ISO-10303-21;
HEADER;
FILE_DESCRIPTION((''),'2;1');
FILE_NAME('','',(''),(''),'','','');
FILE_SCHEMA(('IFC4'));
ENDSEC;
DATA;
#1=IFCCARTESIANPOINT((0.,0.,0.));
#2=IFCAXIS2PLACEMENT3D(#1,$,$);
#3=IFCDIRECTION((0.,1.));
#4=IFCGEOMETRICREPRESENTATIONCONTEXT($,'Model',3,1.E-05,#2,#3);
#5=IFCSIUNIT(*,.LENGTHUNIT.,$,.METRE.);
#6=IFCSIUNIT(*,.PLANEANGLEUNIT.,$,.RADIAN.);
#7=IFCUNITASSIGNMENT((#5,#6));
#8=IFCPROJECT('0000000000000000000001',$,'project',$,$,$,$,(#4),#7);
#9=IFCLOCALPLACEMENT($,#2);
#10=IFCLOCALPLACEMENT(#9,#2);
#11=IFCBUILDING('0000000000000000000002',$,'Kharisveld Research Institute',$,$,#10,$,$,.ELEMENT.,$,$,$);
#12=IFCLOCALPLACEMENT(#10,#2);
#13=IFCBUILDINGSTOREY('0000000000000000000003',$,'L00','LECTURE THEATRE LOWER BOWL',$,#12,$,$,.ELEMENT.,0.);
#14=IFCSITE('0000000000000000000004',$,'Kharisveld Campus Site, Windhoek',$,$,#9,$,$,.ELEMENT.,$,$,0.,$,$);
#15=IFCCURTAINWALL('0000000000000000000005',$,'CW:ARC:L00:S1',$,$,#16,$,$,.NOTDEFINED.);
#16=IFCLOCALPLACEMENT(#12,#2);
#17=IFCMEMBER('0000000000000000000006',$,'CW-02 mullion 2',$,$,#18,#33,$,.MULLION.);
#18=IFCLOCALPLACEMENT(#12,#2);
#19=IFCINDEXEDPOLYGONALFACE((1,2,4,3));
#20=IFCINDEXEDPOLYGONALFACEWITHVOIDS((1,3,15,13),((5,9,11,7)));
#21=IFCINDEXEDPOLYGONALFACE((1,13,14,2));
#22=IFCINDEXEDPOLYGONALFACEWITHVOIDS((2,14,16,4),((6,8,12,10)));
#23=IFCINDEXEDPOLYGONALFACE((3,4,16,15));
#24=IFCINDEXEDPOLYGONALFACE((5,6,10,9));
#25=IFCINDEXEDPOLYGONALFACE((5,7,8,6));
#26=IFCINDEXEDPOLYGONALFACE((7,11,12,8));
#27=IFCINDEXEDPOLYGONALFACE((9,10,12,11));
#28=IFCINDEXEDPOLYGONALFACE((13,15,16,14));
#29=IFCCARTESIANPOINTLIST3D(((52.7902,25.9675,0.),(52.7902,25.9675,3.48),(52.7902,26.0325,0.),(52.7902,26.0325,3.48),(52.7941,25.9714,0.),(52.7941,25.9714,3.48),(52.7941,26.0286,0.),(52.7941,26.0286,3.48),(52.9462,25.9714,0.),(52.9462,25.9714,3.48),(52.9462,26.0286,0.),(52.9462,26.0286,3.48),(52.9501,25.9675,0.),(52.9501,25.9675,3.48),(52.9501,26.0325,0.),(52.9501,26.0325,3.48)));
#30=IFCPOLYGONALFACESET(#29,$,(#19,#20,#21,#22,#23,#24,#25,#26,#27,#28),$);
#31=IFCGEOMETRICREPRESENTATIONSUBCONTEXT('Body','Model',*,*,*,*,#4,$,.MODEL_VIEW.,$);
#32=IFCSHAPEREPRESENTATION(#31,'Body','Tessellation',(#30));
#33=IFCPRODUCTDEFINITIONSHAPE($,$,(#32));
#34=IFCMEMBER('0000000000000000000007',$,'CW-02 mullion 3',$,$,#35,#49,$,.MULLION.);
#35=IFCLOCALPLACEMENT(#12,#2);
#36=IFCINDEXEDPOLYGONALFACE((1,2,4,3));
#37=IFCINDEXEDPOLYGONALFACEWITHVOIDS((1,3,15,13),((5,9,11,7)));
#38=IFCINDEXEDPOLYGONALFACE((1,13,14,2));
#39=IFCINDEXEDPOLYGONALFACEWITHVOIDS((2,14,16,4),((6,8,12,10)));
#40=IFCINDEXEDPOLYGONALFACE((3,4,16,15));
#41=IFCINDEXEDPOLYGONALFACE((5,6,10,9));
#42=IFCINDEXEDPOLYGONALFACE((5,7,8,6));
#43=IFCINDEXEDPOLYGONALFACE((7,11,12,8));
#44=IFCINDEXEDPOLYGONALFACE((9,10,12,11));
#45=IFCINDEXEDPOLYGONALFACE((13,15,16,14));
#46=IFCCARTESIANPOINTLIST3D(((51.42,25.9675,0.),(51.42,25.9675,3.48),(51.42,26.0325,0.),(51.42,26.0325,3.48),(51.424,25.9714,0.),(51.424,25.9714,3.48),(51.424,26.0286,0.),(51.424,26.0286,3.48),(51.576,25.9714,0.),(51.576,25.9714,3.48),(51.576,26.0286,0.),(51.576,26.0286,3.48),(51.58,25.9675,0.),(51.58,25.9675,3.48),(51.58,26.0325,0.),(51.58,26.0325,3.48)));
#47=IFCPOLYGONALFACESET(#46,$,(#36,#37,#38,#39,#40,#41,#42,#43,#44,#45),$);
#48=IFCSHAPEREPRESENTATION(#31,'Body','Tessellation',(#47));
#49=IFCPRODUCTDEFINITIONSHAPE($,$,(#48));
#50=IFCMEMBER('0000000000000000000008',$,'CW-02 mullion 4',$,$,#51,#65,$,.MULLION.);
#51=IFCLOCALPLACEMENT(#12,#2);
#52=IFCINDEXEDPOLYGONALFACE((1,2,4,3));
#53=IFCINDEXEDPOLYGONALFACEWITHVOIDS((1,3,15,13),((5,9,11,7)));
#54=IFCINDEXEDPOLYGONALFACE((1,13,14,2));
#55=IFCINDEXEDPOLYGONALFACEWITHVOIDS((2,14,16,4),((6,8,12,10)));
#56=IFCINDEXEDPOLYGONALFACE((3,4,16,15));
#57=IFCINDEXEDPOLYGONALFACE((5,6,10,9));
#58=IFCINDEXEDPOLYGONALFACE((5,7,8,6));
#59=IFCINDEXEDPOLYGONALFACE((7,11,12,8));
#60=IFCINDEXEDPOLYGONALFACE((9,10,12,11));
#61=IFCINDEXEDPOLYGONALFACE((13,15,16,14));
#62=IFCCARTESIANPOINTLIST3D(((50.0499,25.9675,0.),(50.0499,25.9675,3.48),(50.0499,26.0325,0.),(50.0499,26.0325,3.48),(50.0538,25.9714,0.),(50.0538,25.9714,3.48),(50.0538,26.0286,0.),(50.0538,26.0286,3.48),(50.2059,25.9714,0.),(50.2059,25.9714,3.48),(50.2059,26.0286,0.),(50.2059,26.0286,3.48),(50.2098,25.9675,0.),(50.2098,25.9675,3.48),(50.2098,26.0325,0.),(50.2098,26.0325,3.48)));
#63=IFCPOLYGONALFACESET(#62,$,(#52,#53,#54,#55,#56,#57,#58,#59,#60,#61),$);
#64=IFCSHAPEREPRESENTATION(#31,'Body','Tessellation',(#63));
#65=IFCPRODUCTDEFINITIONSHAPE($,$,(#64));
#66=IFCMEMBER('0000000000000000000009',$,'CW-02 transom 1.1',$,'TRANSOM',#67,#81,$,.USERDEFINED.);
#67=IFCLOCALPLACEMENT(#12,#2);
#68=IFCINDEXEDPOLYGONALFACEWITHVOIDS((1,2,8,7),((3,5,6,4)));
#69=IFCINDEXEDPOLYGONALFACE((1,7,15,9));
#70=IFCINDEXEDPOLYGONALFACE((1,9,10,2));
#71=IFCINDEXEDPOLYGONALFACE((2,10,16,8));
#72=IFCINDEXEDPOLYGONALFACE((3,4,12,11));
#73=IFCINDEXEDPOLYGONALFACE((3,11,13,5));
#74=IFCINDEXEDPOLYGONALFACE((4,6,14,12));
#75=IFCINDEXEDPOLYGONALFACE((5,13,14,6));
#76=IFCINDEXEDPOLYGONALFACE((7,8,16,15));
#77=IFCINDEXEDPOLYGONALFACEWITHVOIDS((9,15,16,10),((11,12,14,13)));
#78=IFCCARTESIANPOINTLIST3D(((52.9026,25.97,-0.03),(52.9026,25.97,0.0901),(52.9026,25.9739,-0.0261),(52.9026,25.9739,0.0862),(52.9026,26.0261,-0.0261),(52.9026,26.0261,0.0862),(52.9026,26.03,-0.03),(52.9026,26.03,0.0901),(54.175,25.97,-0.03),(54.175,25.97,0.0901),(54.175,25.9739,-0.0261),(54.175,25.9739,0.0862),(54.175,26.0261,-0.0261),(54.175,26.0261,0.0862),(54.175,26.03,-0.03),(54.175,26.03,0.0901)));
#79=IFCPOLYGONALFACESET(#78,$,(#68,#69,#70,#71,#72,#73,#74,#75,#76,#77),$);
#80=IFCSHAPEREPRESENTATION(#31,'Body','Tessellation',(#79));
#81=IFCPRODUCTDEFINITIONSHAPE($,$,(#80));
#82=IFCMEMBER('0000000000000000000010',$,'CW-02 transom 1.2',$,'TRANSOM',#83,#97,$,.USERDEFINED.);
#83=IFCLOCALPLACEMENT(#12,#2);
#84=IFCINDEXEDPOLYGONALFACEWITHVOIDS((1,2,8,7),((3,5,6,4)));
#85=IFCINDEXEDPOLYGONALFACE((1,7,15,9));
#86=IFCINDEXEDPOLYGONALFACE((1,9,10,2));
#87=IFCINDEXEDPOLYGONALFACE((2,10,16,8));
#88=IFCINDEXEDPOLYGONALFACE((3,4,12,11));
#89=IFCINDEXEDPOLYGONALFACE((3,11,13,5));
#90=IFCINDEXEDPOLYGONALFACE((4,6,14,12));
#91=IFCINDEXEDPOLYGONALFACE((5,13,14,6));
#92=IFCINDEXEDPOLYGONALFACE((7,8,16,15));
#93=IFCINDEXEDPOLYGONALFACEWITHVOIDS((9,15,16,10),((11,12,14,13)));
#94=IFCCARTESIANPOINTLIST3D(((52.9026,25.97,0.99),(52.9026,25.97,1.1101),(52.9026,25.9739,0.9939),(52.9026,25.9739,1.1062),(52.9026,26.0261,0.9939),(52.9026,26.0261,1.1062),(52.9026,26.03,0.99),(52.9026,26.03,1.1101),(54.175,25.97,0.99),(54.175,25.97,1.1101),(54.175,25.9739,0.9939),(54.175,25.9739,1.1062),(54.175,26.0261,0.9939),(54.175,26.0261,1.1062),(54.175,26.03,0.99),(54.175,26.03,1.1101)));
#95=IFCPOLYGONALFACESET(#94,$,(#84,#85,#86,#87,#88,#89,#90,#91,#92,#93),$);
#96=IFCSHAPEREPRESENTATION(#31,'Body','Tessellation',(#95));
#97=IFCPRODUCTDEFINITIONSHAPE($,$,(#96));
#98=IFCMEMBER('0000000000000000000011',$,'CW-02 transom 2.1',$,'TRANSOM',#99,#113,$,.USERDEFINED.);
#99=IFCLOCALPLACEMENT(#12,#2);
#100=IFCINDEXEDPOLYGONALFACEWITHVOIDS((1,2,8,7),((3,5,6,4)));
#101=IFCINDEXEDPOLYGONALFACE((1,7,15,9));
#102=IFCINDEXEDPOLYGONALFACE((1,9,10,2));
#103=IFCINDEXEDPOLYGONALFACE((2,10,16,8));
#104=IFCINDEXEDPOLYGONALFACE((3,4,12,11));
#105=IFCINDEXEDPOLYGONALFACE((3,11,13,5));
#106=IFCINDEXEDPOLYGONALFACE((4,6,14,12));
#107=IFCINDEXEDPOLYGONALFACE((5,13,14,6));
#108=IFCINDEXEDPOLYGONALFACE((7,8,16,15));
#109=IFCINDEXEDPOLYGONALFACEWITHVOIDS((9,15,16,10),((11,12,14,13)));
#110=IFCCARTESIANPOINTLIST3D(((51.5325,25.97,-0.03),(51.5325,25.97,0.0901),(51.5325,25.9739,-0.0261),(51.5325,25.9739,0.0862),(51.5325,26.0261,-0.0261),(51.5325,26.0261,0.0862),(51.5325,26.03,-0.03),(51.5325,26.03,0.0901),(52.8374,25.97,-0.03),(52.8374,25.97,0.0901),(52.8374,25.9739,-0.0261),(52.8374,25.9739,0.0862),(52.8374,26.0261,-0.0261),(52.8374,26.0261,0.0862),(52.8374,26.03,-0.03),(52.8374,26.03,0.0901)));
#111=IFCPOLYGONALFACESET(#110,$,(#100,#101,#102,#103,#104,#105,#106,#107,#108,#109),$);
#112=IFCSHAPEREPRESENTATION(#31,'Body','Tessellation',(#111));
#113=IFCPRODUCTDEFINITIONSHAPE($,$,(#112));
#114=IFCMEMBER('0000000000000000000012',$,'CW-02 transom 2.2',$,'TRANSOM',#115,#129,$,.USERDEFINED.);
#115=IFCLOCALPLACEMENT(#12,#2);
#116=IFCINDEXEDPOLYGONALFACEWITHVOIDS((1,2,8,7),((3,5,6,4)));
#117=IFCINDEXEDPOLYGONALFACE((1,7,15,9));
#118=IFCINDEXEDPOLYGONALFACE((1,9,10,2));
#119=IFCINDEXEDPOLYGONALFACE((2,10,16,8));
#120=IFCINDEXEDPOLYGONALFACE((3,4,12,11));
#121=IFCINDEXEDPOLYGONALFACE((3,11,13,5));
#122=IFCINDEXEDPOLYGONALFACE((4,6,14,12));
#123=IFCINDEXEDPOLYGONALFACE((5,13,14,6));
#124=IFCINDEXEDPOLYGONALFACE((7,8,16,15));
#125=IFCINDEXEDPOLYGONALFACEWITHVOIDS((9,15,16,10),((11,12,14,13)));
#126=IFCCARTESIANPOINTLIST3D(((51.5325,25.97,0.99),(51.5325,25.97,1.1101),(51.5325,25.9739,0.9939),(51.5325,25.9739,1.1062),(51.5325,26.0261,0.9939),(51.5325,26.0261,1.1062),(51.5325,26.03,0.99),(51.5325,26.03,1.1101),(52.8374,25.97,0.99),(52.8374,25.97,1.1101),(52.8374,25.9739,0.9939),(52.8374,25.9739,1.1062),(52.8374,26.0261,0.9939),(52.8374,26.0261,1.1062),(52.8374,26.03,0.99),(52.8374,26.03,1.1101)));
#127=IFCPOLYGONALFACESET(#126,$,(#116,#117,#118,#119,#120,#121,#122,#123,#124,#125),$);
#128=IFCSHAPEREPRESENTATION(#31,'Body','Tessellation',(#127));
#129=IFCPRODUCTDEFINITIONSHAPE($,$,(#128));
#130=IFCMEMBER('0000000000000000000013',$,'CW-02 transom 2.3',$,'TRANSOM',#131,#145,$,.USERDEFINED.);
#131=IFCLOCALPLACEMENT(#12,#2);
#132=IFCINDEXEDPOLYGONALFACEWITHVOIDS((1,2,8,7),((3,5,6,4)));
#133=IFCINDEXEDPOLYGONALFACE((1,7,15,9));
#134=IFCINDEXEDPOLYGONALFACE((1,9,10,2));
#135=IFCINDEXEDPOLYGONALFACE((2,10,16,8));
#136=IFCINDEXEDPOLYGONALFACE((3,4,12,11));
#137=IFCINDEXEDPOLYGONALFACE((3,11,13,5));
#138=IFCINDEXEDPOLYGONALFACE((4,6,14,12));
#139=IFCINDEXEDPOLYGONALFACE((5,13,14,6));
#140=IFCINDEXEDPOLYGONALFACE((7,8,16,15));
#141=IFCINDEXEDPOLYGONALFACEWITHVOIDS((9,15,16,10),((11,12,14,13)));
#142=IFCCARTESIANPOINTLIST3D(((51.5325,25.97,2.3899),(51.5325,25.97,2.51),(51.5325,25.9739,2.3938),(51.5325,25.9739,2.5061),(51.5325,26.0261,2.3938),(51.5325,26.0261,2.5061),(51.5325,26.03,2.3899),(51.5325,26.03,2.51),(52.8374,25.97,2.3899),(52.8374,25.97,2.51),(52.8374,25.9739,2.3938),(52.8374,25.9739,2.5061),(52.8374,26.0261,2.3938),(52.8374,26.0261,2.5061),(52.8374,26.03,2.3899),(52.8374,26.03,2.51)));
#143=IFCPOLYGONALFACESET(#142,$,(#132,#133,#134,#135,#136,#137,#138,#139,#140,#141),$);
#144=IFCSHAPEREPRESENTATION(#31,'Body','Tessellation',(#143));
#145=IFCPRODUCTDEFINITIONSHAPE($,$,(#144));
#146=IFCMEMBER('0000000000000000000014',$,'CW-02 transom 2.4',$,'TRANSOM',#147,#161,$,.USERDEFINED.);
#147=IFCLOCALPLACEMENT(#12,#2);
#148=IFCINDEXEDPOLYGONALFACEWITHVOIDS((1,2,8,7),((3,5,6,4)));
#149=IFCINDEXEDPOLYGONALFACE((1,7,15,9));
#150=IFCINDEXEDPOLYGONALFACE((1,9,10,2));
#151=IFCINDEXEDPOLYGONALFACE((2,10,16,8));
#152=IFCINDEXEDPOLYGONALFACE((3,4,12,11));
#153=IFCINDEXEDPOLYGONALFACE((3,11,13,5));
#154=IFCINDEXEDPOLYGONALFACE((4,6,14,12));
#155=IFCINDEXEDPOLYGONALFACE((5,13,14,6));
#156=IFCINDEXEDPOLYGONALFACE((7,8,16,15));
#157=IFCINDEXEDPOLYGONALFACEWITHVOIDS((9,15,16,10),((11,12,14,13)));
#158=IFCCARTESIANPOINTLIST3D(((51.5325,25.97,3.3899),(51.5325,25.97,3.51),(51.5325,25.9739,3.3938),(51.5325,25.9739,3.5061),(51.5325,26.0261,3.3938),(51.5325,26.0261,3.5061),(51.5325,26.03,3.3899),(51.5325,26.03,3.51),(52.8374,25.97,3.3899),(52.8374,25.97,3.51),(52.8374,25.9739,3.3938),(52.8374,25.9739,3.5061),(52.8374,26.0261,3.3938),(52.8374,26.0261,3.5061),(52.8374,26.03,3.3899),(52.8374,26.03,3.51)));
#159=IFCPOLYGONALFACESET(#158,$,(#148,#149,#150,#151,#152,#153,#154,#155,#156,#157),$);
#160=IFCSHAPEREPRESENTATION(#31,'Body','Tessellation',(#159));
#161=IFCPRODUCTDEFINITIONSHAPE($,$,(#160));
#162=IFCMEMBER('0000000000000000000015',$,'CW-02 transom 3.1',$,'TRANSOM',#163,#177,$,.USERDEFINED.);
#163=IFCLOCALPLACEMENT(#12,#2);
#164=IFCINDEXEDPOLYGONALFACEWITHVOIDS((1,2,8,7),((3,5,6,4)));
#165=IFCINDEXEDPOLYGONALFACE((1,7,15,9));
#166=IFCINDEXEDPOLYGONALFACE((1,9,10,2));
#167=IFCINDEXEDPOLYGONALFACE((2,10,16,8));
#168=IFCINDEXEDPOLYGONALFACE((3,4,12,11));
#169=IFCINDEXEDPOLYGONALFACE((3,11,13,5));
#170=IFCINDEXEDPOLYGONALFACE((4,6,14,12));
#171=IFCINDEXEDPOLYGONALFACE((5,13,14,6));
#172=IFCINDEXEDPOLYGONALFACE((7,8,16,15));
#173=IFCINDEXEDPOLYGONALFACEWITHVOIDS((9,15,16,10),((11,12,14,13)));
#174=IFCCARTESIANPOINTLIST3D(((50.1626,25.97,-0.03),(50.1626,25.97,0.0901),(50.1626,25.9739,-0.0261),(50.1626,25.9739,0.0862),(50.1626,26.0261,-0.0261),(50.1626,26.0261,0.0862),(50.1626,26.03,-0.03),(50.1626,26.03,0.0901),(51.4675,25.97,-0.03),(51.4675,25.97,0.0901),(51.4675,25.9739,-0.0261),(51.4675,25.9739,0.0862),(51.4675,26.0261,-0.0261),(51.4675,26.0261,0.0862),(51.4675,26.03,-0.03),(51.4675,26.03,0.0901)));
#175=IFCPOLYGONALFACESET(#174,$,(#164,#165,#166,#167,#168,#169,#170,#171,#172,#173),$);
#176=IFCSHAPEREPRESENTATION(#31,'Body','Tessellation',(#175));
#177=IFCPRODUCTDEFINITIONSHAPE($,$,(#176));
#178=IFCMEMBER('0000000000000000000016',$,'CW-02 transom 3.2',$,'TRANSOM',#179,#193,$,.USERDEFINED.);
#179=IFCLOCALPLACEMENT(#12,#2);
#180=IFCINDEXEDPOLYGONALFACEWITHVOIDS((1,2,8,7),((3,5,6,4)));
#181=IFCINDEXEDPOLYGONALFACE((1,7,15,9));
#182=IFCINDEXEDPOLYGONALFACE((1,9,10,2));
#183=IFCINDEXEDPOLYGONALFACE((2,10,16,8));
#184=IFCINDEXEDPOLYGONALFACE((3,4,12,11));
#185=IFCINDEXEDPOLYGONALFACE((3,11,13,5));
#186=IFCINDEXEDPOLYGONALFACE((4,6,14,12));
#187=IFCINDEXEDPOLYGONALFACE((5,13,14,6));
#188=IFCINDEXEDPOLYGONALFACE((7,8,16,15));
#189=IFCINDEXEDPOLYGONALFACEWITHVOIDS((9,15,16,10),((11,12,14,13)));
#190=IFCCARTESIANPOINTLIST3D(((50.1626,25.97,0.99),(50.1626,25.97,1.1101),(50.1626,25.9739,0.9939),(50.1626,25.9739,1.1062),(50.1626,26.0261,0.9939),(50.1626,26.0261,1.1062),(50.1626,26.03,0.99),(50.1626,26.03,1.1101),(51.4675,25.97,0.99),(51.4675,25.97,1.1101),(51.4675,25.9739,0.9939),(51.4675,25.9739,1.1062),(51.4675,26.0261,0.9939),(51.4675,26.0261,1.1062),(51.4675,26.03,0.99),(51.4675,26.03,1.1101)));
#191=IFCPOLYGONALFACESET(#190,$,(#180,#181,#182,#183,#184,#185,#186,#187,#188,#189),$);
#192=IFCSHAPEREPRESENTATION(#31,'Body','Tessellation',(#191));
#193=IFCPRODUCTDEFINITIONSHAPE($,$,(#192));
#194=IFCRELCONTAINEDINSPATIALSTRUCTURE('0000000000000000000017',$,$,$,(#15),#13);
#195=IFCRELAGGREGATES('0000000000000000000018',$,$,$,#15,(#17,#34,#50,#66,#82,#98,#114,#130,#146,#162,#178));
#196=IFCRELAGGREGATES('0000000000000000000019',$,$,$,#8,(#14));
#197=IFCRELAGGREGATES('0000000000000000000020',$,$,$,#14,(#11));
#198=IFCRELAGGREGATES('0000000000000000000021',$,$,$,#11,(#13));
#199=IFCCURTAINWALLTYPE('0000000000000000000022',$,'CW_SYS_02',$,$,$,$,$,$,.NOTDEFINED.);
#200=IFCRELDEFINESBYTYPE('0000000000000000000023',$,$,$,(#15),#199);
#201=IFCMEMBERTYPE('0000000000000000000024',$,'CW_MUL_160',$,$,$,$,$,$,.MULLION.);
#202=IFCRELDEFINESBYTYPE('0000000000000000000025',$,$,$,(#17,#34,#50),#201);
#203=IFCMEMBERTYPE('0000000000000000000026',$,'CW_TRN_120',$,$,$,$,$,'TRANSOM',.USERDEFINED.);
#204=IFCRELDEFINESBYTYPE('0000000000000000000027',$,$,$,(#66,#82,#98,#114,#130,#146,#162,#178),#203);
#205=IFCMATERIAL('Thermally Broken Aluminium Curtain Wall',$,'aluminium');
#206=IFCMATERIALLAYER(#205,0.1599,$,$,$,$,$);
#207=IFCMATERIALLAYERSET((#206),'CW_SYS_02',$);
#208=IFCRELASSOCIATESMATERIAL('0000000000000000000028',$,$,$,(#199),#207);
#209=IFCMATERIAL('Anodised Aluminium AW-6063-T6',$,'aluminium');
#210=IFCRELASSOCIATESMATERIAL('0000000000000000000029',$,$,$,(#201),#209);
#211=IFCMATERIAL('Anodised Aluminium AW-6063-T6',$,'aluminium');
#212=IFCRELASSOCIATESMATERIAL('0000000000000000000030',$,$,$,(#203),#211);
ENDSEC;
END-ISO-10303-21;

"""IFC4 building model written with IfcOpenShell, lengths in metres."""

from ifc_helpers import new_model, si_unit, direction, frame, origin, origin_2d, place, context, subcontext, project, spatial, hollow_rectangle, extrude, material, layer, layer_set, material_profile, profile_set, type_object, element, aggregate, save


model = new_model("IFC4")

# Units and contexts
model_context = context("Model", 3, precision=1e-05, world=origin(), true_north=direction((0.0, 1.0)))
body_context = subcontext(model_context, "Body", "Model", "MODEL_VIEW")
ifc_project = project(units=[si_unit("LENGTHUNIT", "METRE"), si_unit("PLANEANGLEUNIT", "RADIAN")], contexts=[model_context])

# Site, building, storey
site_placement = place(None, origin())
site = spatial("IfcSite", under=ifc_project, at=site_placement, Name="Kharisveld Campus Site, Windhoek", CompositionType="ELEMENT", RefElevation=0.0)
building_placement = place(site_placement, origin())
building = spatial("IfcBuilding", under=site, at=building_placement, Name="Kharisveld Research Institute", CompositionType="ELEMENT")
storey_placement = place(building_placement, origin())
storey = spatial("IfcBuildingStorey", under=building, at=storey_placement, Name="L00", Description="LECTURE THEATRE LOWER BOWL", CompositionType="ELEMENT", Elevation=0.0)

# Curtain wall, members
ifc_material_1 = material(Name="Thermally Broken Aluminium Curtain Wall", Category="aluminium")
ifc_layer_1 = layer(ifc_material_1, 0.1599)
ifc_layer_set_1 = layer_set([ifc_layer_1], Name="CW_SYS_02")
curtain_wall_type = type_object("IfcCurtainWallType", Name="CW_SYS_02", PredefinedType="NOTDEFINED", material=ifc_layer_set_1)
curtain_wall_placement = place(storey_placement, origin())
curtain_wall = element("IfcCurtainWall", 1, at=curtain_wall_placement, inside=storey, type_object=curtain_wall_type, Name="CW:ARC:L00:S1", PredefinedType="NOTDEFINED")
ifc_material_2 = material(Name="Anodised Aluminium AW-6063-T6", Category="aluminium")
ifc_material_profile_1 = material_profile(ifc_material_2, hollow_rectangle(XDim=0.0649, YDim=0.1599, WallThickness=0.0039, at=origin_2d()))
ifc_profile_set_1 = profile_set([ifc_material_profile_1], Name="Anodised Aluminium AW-6063-T6")
member_type_1 = type_object("IfcMemberType", Name="CW_MUL_160", PredefinedType="MULLION", material=ifc_profile_set_1)
member_1_placement = place(storey_placement, frame((52.8701, 26.0, 0.0), z_axis=(0.0, 0.0, 1.0), x_axis=(0.0, -1.0, 0.0)))
member_1 = element("IfcMember", 2, at=member_1_placement, type_object=member_type_1, Name="CW-02 mullion 2", PredefinedType="MULLION", context=body_context, shape_type="SweptSolid", body=[
    extrude(hollow_rectangle(XDim=0.0649, YDim=0.1599, WallThickness=0.0039, at=origin_2d()), origin(), (0.0, 0.0, 1.0), 3.48),
])
member_2_placement = place(storey_placement, frame((51.5, 26.0, 0.0), z_axis=(0.0, 0.0, 1.0), x_axis=(0.0, -1.0, 0.0)))
member_2 = element("IfcMember", 3, at=member_2_placement, type_object=member_type_1, Name="CW-02 mullion 3", PredefinedType="MULLION", context=body_context, shape_type="SweptSolid", body=[
    extrude(hollow_rectangle(XDim=0.0649, YDim=0.1599, WallThickness=0.0039, at=origin_2d()), origin(), (0.0, 0.0, 1.0), 3.48),
])
member_3_placement = place(storey_placement, frame((50.1299, 26.0, 0.0), z_axis=(0.0, 0.0, 1.0), x_axis=(0.0, -1.0, 0.0)))
member_3 = element("IfcMember", 4, at=member_3_placement, type_object=member_type_1, Name="CW-02 mullion 4", PredefinedType="MULLION", context=body_context, shape_type="SweptSolid", body=[
    extrude(hollow_rectangle(XDim=0.0649, YDim=0.1599, WallThickness=0.0039, at=origin_2d()), origin(), (0.0, 0.0, 1.0), 3.48),
])
ifc_material_3 = material(Name="Anodised Aluminium AW-6063-T6", Category="aluminium")
ifc_material_profile_2 = material_profile(ifc_material_3, hollow_rectangle(XDim=0.0601, YDim=0.1201, WallThickness=0.0039, at=origin_2d()))
ifc_profile_set_2 = profile_set([ifc_material_profile_2], Name="Anodised Aluminium AW-6063-T6")
member_type_2 = type_object("IfcMemberType", Name="CW_TRN_120", ElementType="TRANSOM", PredefinedType="USERDEFINED", material=ifc_profile_set_2)
member_4_placement = place(storey_placement, frame((54.175, 26.0, 0.03), z_axis=(-1.0, 0.0, 0.0), x_axis=(0.0, -1.0, 0.0)))
member_4 = element("IfcMember", 5, at=member_4_placement, type_object=member_type_2, Name="CW-02 transom 1.1", ObjectType="TRANSOM", PredefinedType="USERDEFINED", context=body_context, shape_type="SweptSolid", body=[
    extrude(hollow_rectangle(XDim=0.0601, YDim=0.1201, WallThickness=0.0039, at=origin_2d()), origin(), (0.0, 0.0, 1.0), 1.2725),
])
member_5_placement = place(storey_placement, frame((54.175, 26.0, 1.05), z_axis=(-1.0, 0.0, 0.0), x_axis=(0.0, -1.0, 0.0)))
member_5 = element("IfcMember", 6, at=member_5_placement, type_object=member_type_2, Name="CW-02 transom 1.2", ObjectType="TRANSOM", PredefinedType="USERDEFINED", context=body_context, shape_type="SweptSolid", body=[
    extrude(hollow_rectangle(XDim=0.0601, YDim=0.1201, WallThickness=0.0039, at=origin_2d()), origin(), (0.0, 0.0, 1.0), 1.2725),
])
member_6_placement = place(storey_placement, frame((52.8374, 26.0, 0.03), z_axis=(-1.0, 0.0, 0.0), x_axis=(0.0, -1.0, 0.0)))
member_6 = element("IfcMember", 7, at=member_6_placement, type_object=member_type_2, Name="CW-02 transom 2.1", ObjectType="TRANSOM", PredefinedType="USERDEFINED", context=body_context, shape_type="SweptSolid", body=[
    extrude(hollow_rectangle(XDim=0.0601, YDim=0.1201, WallThickness=0.0039, at=origin_2d()), origin(), (0.0, 0.0, 1.0), 1.3049),
])
member_7_placement = place(storey_placement, frame((52.8374, 26.0, 1.05), z_axis=(-1.0, 0.0, 0.0), x_axis=(0.0, -1.0, 0.0)))
member_7 = element("IfcMember", 8, at=member_7_placement, type_object=member_type_2, Name="CW-02 transom 2.2", ObjectType="TRANSOM", PredefinedType="USERDEFINED", context=body_context, shape_type="SweptSolid", body=[
    extrude(hollow_rectangle(XDim=0.0601, YDim=0.1201, WallThickness=0.0039, at=origin_2d()), origin(), (0.0, 0.0, 1.0), 1.3049),
])
member_8_placement = place(storey_placement, frame((52.8374, 26.0, 2.45), z_axis=(-1.0, 0.0, 0.0), x_axis=(0.0, -1.0, 0.0)))
member_8 = element("IfcMember", 9, at=member_8_placement, type_object=member_type_2, Name="CW-02 transom 2.3", ObjectType="TRANSOM", PredefinedType="USERDEFINED", context=body_context, shape_type="SweptSolid", body=[
    extrude(hollow_rectangle(XDim=0.0601, YDim=0.1201, WallThickness=0.0039, at=origin_2d()), origin(), (0.0, 0.0, 1.0), 1.3049),
])
member_9_placement = place(storey_placement, frame((52.8374, 26.0, 3.45), z_axis=(-1.0, 0.0, 0.0), x_axis=(0.0, -1.0, 0.0)))
member_9 = element("IfcMember", 10, at=member_9_placement, type_object=member_type_2, Name="CW-02 transom 2.4", ObjectType="TRANSOM", PredefinedType="USERDEFINED", context=body_context, shape_type="SweptSolid", body=[
    extrude(hollow_rectangle(XDim=0.0601, YDim=0.1201, WallThickness=0.0039, at=origin_2d()), origin(), (0.0, 0.0, 1.0), 1.3049),
])
member_10_placement = place(storey_placement, frame((51.4675, 26.0, 0.03), z_axis=(-1.0, 0.0, 0.0), x_axis=(0.0, -1.0, 0.0)))
member_10 = element("IfcMember", 11, at=member_10_placement, type_object=member_type_2, Name="CW-02 transom 3.1", ObjectType="TRANSOM", PredefinedType="USERDEFINED", context=body_context, shape_type="SweptSolid", body=[
    extrude(hollow_rectangle(XDim=0.0601, YDim=0.1201, WallThickness=0.0039, at=origin_2d()), origin(), (0.0, 0.0, 1.0), 1.3049),
])
member_11_placement = place(storey_placement, frame((51.4675, 26.0, 1.05), z_axis=(-1.0, 0.0, 0.0), x_axis=(0.0, -1.0, 0.0)))
member_11 = element("IfcMember", 12, at=member_11_placement, type_object=member_type_2, Name="CW-02 transom 3.2", ObjectType="TRANSOM", PredefinedType="USERDEFINED", context=body_context, shape_type="SweptSolid", body=[
    extrude(hollow_rectangle(XDim=0.0601, YDim=0.1201, WallThickness=0.0039, at=origin_2d()), origin(), (0.0, 0.0, 1.0), 1.3049),
])
aggregate(curtain_wall, [member_1, member_2, member_3, member_4, member_5, member_6, member_7, member_8, member_9, member_10, member_11])

save(model, "model.ifc")
